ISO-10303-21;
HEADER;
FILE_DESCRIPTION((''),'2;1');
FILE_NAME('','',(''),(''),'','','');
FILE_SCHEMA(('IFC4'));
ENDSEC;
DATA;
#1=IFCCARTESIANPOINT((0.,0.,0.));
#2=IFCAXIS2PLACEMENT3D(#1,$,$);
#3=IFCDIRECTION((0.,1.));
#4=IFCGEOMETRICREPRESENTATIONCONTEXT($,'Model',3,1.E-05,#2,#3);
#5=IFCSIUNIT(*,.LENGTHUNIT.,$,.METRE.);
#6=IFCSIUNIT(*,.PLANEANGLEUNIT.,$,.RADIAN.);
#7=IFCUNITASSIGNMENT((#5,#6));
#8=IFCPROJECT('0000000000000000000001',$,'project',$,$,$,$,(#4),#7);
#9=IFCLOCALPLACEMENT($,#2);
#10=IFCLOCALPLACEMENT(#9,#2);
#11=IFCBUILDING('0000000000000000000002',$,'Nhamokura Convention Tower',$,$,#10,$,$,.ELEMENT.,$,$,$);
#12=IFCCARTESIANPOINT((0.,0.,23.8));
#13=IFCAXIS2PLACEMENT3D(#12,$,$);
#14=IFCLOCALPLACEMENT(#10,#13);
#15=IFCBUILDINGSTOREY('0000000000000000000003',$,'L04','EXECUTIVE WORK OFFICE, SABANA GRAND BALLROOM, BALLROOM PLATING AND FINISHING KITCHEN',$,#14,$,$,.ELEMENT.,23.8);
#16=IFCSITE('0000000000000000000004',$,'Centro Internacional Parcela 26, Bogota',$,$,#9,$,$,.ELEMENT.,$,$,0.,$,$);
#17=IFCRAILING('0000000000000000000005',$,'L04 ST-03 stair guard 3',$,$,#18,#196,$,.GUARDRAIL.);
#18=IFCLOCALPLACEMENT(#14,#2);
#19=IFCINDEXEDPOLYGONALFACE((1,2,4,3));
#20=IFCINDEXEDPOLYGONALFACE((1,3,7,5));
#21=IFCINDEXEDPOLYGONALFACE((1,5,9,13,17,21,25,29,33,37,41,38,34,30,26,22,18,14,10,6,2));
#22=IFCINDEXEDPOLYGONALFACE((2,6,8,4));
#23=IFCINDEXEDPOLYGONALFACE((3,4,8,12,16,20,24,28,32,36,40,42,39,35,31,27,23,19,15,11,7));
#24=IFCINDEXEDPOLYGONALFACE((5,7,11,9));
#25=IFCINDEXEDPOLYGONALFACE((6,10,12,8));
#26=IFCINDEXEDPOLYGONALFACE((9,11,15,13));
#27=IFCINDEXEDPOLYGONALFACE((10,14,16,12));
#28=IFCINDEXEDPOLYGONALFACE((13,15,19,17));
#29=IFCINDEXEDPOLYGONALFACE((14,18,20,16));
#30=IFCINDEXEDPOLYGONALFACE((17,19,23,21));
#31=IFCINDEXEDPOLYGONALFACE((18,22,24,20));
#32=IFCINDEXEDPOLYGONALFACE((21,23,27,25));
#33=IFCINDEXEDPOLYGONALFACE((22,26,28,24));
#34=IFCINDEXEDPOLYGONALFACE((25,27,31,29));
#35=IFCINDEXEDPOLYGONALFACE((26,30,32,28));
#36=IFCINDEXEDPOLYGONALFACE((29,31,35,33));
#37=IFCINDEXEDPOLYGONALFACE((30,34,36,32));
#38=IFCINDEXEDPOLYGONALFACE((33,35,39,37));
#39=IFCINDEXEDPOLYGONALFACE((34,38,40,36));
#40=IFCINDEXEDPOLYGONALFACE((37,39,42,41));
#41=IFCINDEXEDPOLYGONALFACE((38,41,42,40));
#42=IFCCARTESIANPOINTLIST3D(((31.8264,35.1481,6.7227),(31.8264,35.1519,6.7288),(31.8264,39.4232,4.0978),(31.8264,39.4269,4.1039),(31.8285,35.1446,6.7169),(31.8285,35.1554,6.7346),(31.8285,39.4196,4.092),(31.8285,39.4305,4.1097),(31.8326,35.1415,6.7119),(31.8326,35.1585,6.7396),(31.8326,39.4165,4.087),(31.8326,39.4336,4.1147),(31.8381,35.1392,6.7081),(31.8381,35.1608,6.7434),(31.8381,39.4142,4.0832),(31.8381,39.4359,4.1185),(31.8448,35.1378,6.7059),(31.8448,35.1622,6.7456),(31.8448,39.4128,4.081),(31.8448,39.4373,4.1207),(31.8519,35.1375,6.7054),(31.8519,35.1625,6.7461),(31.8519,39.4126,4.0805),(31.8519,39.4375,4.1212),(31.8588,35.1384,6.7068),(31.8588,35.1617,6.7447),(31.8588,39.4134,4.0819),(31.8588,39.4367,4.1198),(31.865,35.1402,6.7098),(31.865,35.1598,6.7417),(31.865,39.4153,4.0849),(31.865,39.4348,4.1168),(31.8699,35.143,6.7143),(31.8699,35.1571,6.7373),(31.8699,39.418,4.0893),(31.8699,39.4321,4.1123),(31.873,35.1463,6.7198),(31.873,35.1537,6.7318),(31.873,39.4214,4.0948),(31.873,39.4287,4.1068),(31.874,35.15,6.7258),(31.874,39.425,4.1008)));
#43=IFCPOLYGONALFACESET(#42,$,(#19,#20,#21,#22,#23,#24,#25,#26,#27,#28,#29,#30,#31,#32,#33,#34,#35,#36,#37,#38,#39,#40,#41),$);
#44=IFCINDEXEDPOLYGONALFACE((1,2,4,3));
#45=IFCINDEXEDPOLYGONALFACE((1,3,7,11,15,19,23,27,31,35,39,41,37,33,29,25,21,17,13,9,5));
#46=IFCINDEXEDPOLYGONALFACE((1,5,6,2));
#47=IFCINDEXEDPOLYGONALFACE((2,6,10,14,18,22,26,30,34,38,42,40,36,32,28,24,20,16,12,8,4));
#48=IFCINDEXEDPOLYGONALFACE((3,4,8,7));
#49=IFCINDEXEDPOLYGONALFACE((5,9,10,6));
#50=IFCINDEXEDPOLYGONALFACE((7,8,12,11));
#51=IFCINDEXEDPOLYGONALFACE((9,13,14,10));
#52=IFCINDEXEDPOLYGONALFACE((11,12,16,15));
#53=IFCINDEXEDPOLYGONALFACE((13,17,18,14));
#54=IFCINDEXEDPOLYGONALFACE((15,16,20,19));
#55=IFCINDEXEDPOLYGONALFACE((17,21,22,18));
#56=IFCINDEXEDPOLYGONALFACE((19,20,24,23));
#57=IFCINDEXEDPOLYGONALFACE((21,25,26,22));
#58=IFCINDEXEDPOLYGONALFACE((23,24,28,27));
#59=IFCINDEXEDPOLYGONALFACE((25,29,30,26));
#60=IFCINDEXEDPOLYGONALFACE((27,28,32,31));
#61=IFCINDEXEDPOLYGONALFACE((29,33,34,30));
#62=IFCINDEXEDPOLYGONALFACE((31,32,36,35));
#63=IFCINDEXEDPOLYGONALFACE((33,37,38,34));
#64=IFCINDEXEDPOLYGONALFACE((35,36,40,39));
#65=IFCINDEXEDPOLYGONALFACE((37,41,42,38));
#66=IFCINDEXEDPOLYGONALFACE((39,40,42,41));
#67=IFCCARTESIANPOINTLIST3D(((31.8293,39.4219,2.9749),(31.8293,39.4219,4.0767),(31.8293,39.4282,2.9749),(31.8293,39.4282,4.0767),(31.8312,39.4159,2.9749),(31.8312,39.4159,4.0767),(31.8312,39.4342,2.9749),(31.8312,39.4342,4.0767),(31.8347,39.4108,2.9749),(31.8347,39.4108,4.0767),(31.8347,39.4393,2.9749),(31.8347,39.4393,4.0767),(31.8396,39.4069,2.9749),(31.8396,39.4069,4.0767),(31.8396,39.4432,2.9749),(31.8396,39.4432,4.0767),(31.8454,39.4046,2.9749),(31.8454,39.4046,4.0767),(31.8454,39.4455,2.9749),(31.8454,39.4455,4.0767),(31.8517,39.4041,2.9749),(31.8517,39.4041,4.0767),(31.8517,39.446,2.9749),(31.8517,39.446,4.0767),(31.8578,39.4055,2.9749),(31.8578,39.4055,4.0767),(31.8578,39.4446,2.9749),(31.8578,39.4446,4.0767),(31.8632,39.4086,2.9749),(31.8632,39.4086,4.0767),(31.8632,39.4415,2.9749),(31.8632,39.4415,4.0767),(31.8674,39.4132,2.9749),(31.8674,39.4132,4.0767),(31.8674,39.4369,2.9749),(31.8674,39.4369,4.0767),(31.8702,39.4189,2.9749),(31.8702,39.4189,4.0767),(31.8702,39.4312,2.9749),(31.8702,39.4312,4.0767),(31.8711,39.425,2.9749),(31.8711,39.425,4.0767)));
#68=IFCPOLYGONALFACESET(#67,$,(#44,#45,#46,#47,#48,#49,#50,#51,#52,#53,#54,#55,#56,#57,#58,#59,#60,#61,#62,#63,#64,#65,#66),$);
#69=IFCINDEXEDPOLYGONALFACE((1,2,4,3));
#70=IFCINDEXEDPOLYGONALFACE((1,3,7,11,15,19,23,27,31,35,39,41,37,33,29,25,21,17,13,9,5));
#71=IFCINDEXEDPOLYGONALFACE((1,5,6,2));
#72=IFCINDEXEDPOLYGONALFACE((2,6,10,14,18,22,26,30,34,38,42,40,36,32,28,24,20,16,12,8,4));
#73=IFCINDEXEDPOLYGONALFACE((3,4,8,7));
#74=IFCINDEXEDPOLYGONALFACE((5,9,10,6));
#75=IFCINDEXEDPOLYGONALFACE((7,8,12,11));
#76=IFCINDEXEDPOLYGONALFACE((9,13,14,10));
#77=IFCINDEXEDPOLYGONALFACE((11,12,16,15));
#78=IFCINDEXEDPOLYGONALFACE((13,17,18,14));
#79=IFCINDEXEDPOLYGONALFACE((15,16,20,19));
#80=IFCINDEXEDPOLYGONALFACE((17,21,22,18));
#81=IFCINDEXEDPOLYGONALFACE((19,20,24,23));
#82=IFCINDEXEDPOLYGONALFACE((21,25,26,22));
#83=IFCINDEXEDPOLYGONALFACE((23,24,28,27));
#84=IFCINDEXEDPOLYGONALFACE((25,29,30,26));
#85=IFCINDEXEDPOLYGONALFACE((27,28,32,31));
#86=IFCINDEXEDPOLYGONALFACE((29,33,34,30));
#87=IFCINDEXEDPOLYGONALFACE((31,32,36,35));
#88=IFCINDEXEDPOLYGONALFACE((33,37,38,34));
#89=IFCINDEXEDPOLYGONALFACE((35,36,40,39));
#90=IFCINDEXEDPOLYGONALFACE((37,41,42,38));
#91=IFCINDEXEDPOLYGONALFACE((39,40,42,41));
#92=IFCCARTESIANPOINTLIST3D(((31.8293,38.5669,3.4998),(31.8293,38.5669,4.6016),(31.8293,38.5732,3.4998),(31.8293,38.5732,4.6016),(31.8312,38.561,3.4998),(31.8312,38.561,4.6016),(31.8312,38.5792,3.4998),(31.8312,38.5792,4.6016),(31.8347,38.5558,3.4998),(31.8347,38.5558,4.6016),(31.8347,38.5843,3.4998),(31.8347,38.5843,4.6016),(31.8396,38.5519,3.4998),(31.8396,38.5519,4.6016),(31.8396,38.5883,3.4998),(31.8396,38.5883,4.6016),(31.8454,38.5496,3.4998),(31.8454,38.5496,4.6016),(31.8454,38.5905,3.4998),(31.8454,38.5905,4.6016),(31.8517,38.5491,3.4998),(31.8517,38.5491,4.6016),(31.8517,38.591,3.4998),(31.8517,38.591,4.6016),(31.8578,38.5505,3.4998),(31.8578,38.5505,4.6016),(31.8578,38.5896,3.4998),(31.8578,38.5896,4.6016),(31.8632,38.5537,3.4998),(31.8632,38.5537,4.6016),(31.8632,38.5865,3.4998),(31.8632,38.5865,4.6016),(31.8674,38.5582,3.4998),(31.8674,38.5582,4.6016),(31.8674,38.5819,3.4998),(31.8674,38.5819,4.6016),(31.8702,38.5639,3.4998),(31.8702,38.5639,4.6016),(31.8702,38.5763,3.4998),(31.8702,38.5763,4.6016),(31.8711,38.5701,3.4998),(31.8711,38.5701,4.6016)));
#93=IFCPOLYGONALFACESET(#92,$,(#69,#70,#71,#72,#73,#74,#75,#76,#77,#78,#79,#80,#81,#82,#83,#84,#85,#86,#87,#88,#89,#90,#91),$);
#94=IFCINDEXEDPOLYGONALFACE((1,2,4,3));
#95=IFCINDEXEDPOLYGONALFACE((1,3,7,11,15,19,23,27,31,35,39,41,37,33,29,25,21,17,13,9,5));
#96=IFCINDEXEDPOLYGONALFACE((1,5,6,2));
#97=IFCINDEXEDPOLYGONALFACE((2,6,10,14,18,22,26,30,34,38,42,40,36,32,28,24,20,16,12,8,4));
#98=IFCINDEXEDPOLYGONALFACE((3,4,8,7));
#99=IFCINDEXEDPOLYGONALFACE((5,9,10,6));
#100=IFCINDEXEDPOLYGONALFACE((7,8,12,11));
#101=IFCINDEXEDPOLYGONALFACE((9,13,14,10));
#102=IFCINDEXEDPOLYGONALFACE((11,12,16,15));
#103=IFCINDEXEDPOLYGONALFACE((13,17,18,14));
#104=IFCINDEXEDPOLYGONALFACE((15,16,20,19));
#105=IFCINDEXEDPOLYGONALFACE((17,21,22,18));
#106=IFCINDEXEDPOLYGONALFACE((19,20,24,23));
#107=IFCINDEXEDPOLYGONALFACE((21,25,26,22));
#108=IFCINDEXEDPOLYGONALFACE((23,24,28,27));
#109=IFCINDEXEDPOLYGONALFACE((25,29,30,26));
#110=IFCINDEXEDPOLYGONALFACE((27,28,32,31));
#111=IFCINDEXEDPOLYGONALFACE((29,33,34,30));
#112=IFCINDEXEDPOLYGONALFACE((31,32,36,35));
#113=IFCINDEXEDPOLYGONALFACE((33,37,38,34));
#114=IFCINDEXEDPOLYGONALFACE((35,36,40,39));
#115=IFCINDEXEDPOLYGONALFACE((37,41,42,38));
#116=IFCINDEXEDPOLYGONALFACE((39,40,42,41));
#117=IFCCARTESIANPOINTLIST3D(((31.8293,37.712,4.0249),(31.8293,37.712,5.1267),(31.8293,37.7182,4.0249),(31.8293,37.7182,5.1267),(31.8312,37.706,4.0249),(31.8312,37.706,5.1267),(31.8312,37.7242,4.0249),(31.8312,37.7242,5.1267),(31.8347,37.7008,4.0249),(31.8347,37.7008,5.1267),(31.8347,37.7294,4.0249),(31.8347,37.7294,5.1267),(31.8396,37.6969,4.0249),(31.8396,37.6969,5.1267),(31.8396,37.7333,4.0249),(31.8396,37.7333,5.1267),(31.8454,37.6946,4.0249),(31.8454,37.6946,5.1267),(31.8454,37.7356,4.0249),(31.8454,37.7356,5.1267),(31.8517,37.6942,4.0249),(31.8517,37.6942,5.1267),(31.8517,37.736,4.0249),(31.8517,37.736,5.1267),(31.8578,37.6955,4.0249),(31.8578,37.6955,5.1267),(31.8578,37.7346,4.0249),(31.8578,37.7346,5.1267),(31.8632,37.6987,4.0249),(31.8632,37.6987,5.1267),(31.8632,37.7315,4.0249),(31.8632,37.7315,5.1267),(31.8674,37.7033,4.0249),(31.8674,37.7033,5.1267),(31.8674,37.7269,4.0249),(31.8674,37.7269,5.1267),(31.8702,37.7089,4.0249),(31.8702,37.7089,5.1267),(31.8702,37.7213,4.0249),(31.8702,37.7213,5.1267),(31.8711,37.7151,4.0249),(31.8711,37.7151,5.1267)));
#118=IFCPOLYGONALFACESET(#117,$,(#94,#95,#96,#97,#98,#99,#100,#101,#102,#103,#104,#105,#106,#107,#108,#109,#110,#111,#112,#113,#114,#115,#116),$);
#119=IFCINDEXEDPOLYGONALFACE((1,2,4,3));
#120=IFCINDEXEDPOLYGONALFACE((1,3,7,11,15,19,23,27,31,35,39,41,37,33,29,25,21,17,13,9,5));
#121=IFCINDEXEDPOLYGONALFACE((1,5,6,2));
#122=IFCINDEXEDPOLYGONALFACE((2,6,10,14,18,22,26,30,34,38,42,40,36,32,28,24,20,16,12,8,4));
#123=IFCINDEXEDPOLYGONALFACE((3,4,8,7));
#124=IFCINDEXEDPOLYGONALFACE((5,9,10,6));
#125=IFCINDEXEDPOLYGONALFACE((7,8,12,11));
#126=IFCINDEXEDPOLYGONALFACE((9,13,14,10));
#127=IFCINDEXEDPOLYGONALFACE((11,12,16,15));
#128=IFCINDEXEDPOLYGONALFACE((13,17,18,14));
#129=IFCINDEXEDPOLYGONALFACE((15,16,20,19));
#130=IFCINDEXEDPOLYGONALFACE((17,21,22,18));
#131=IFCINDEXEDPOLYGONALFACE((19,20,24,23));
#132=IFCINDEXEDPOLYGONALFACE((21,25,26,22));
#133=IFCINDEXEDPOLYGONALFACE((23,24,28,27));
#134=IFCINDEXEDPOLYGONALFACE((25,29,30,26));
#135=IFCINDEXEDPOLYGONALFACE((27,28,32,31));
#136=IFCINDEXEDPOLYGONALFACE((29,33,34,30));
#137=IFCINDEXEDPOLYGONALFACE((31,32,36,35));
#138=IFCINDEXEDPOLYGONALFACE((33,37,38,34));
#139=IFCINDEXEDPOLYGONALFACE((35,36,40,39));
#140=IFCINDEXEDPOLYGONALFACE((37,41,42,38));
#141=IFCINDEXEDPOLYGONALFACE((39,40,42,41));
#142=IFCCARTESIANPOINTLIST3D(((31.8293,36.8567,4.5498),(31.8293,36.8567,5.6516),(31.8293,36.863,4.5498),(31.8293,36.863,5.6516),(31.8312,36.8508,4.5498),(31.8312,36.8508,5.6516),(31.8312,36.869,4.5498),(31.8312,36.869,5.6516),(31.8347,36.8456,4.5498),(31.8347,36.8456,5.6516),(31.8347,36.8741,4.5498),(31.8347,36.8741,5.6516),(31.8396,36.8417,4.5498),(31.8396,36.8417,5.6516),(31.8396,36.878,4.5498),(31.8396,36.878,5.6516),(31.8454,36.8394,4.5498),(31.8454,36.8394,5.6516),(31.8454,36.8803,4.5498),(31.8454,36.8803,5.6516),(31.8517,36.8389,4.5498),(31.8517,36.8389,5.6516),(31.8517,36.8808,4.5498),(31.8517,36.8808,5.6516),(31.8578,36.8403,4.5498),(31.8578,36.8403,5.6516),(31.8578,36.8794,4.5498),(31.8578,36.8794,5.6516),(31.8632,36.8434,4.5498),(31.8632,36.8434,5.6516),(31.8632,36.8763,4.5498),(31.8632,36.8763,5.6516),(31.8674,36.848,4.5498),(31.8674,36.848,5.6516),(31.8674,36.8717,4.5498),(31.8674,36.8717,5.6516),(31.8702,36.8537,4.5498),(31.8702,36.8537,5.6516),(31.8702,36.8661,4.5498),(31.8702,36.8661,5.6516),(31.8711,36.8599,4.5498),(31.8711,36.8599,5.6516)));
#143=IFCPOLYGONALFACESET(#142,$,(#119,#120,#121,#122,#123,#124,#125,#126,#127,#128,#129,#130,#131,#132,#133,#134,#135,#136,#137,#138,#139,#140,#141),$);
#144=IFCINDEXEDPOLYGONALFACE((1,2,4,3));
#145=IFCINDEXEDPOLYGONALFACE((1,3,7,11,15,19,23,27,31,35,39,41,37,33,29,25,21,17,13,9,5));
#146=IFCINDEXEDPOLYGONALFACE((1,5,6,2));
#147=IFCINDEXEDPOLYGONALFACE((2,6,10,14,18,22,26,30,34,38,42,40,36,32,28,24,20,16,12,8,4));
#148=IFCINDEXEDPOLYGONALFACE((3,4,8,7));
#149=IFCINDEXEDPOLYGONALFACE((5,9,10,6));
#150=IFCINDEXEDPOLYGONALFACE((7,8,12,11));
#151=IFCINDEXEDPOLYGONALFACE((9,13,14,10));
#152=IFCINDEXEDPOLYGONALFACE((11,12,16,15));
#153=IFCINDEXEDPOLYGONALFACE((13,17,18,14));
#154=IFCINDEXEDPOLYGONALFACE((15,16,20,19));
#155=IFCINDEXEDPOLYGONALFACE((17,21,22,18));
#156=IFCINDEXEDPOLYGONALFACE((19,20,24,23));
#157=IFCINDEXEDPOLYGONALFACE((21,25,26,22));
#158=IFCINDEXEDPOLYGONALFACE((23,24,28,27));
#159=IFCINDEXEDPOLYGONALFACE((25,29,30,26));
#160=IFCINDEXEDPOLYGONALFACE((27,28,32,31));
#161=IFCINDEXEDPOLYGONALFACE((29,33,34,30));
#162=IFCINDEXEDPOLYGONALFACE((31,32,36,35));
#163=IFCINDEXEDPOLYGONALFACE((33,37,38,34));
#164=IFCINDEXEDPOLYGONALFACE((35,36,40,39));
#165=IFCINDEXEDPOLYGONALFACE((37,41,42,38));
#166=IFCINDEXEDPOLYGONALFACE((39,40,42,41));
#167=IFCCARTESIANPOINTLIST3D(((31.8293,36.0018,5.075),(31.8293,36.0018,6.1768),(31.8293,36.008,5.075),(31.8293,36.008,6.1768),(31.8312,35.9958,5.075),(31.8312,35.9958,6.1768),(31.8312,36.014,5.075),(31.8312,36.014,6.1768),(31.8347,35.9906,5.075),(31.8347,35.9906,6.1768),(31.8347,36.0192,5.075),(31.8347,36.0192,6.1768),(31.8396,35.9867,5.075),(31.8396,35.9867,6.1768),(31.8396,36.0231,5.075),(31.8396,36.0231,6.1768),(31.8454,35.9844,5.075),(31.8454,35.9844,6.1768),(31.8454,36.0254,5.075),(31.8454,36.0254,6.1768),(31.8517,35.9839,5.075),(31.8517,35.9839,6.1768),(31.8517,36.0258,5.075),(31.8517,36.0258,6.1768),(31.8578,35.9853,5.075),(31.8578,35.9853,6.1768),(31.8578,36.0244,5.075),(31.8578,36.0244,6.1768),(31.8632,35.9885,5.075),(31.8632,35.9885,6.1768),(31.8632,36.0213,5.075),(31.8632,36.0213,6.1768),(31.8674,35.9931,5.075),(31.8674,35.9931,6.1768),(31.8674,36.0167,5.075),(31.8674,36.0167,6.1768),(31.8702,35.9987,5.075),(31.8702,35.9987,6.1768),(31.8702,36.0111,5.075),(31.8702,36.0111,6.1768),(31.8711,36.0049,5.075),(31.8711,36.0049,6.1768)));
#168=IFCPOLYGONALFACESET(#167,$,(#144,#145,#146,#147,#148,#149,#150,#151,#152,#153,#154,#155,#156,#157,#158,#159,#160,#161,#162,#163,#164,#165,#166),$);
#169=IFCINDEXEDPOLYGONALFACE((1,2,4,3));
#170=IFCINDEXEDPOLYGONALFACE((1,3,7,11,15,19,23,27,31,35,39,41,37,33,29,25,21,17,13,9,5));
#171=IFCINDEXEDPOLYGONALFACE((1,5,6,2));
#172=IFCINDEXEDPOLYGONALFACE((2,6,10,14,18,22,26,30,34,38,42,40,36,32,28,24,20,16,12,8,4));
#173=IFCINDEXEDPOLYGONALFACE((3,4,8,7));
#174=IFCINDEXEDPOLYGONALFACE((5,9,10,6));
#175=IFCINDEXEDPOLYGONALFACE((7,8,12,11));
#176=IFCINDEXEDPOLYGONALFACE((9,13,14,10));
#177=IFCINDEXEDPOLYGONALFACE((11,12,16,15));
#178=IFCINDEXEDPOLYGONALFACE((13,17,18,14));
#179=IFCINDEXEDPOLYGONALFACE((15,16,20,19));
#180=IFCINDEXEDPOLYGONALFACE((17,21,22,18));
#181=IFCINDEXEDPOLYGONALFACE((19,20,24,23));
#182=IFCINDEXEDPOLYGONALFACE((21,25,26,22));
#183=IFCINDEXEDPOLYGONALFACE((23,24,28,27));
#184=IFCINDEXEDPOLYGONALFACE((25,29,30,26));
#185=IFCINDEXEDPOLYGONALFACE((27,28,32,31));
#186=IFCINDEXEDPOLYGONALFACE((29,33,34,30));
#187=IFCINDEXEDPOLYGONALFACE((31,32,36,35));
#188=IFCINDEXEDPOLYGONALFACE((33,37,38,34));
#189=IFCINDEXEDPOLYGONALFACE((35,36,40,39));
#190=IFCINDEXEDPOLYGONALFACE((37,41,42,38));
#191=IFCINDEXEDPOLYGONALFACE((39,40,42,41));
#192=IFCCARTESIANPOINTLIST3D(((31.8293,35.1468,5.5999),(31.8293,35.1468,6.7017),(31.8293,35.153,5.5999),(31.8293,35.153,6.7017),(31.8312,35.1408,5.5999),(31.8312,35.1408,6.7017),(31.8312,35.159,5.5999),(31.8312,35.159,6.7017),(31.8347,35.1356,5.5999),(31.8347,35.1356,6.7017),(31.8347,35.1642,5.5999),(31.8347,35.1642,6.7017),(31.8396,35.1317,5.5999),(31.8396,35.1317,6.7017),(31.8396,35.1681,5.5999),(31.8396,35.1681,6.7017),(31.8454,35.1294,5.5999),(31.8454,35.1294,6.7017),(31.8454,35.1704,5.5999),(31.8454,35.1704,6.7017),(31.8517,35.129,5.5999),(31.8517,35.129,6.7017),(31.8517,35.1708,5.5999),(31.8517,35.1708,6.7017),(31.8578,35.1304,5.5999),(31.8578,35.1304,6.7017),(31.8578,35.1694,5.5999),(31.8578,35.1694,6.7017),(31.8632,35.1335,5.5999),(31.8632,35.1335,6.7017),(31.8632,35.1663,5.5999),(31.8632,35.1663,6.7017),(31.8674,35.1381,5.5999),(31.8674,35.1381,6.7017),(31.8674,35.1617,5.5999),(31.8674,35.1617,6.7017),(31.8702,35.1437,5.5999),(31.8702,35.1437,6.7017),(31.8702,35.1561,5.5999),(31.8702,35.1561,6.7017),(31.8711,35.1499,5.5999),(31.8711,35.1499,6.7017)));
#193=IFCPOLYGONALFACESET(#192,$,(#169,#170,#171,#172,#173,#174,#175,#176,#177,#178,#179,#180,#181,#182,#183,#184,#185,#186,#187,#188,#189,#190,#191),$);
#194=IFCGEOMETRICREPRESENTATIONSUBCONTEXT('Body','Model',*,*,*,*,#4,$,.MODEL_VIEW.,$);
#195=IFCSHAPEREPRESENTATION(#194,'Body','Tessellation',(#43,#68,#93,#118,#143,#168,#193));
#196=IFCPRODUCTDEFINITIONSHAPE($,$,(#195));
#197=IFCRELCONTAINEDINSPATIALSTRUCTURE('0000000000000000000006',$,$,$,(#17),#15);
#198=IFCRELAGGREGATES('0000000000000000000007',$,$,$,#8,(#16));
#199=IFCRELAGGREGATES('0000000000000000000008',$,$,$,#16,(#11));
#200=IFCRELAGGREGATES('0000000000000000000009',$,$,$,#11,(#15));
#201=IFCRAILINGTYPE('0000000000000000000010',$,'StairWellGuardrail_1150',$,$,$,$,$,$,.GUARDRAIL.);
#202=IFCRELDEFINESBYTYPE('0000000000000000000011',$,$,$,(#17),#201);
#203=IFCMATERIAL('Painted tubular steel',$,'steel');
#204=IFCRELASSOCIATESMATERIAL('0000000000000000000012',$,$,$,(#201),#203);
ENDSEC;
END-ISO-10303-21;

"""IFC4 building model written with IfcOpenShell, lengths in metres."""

from ifc_helpers import new_model, si_unit, direction, frame, origin, origin_2d, place, context, subcontext, project, spatial, circle, extrude, material, type_object, element, save


model = new_model("IFC4")

# Units and contexts
model_context = context("Model", 3, precision=1e-05, world=origin(), true_north=direction((0.0, 1.0)))
body_context = subcontext(model_context, "Body", "Model", "MODEL_VIEW")
ifc_project = project(units=[si_unit("LENGTHUNIT", "METRE"), si_unit("PLANEANGLEUNIT", "RADIAN")], contexts=[model_context])

# Site, building, storey
site_placement = place(None, origin())
site = spatial("IfcSite", under=ifc_project, at=site_placement, Name="Centro Internacional Parcela 26, Bogota", CompositionType="ELEMENT", RefElevation=0.0)
building_placement = place(site_placement, origin())
building = spatial("IfcBuilding", under=site, at=building_placement, Name="Nhamokura Convention Tower", CompositionType="ELEMENT")
storey_placement = place(building_placement, frame((0.0, 0.0, 23.8)))
storey = spatial("IfcBuildingStorey", under=building, at=storey_placement, Name="L04", Description="EXECUTIVE WORK OFFICE, SABANA GRAND BALLROOM, BALLROOM PLATING AND FINISHING KITCHEN", CompositionType="ELEMENT", Elevation=23.8)

# Railing
ifc_material_1 = material(Name="Painted tubular steel", Category="steel")
railing_type = type_object("IfcRailingType", Name="StairWellGuardrail_1150", PredefinedType="GUARDRAIL", material=ifc_material_1)
railing_1_placement = place(storey_placement, frame((31.8501, 39.425, 2.9749)))
element("IfcRailing", 1, at=railing_1_placement, inside=storey, type_object=railing_type, Name="L04 ST-03 stair guard 3", PredefinedType="GUARDRAIL", context=body_context, shape_type="SweptSolid", body=[
    extrude(circle(Radius=0.0239, at=origin_2d()), frame((0.0, 0.0, 1.126), z_axis=(0.0, -0.852179, 0.52325), x_axis=(1.0, 0.0, 0.0)), (0.0, 0.0, 1.0), 5.0166),
    extrude(circle(Radius=0.021, at=origin_2d()), origin(), (0.0, 0.0, 1.0), 1.1018),
    extrude(circle(Radius=0.021, at=origin_2d()), frame((0.0, -0.855, 0.5249)), (0.0, 0.0, 1.0), 1.1018),
    extrude(circle(Radius=0.021, at=origin_2d()), frame((0.0, -1.71, 1.05)), (0.0, 0.0, 1.0), 1.1018),
    extrude(circle(Radius=0.021, at=origin_2d()), frame((0.0, -2.5652, 1.575)), (0.0, 0.0, 1.0), 1.1018),
    extrude(circle(Radius=0.021, at=origin_2d()), frame((0.0, -3.4202, 2.1001)), (0.0, 0.0, 1.0), 1.1018),
    extrude(circle(Radius=0.021, at=origin_2d()), frame((0.0, -4.2751, 2.625)), (0.0, 0.0, 1.0), 1.1018),
])

save(model, "model.ifc")
